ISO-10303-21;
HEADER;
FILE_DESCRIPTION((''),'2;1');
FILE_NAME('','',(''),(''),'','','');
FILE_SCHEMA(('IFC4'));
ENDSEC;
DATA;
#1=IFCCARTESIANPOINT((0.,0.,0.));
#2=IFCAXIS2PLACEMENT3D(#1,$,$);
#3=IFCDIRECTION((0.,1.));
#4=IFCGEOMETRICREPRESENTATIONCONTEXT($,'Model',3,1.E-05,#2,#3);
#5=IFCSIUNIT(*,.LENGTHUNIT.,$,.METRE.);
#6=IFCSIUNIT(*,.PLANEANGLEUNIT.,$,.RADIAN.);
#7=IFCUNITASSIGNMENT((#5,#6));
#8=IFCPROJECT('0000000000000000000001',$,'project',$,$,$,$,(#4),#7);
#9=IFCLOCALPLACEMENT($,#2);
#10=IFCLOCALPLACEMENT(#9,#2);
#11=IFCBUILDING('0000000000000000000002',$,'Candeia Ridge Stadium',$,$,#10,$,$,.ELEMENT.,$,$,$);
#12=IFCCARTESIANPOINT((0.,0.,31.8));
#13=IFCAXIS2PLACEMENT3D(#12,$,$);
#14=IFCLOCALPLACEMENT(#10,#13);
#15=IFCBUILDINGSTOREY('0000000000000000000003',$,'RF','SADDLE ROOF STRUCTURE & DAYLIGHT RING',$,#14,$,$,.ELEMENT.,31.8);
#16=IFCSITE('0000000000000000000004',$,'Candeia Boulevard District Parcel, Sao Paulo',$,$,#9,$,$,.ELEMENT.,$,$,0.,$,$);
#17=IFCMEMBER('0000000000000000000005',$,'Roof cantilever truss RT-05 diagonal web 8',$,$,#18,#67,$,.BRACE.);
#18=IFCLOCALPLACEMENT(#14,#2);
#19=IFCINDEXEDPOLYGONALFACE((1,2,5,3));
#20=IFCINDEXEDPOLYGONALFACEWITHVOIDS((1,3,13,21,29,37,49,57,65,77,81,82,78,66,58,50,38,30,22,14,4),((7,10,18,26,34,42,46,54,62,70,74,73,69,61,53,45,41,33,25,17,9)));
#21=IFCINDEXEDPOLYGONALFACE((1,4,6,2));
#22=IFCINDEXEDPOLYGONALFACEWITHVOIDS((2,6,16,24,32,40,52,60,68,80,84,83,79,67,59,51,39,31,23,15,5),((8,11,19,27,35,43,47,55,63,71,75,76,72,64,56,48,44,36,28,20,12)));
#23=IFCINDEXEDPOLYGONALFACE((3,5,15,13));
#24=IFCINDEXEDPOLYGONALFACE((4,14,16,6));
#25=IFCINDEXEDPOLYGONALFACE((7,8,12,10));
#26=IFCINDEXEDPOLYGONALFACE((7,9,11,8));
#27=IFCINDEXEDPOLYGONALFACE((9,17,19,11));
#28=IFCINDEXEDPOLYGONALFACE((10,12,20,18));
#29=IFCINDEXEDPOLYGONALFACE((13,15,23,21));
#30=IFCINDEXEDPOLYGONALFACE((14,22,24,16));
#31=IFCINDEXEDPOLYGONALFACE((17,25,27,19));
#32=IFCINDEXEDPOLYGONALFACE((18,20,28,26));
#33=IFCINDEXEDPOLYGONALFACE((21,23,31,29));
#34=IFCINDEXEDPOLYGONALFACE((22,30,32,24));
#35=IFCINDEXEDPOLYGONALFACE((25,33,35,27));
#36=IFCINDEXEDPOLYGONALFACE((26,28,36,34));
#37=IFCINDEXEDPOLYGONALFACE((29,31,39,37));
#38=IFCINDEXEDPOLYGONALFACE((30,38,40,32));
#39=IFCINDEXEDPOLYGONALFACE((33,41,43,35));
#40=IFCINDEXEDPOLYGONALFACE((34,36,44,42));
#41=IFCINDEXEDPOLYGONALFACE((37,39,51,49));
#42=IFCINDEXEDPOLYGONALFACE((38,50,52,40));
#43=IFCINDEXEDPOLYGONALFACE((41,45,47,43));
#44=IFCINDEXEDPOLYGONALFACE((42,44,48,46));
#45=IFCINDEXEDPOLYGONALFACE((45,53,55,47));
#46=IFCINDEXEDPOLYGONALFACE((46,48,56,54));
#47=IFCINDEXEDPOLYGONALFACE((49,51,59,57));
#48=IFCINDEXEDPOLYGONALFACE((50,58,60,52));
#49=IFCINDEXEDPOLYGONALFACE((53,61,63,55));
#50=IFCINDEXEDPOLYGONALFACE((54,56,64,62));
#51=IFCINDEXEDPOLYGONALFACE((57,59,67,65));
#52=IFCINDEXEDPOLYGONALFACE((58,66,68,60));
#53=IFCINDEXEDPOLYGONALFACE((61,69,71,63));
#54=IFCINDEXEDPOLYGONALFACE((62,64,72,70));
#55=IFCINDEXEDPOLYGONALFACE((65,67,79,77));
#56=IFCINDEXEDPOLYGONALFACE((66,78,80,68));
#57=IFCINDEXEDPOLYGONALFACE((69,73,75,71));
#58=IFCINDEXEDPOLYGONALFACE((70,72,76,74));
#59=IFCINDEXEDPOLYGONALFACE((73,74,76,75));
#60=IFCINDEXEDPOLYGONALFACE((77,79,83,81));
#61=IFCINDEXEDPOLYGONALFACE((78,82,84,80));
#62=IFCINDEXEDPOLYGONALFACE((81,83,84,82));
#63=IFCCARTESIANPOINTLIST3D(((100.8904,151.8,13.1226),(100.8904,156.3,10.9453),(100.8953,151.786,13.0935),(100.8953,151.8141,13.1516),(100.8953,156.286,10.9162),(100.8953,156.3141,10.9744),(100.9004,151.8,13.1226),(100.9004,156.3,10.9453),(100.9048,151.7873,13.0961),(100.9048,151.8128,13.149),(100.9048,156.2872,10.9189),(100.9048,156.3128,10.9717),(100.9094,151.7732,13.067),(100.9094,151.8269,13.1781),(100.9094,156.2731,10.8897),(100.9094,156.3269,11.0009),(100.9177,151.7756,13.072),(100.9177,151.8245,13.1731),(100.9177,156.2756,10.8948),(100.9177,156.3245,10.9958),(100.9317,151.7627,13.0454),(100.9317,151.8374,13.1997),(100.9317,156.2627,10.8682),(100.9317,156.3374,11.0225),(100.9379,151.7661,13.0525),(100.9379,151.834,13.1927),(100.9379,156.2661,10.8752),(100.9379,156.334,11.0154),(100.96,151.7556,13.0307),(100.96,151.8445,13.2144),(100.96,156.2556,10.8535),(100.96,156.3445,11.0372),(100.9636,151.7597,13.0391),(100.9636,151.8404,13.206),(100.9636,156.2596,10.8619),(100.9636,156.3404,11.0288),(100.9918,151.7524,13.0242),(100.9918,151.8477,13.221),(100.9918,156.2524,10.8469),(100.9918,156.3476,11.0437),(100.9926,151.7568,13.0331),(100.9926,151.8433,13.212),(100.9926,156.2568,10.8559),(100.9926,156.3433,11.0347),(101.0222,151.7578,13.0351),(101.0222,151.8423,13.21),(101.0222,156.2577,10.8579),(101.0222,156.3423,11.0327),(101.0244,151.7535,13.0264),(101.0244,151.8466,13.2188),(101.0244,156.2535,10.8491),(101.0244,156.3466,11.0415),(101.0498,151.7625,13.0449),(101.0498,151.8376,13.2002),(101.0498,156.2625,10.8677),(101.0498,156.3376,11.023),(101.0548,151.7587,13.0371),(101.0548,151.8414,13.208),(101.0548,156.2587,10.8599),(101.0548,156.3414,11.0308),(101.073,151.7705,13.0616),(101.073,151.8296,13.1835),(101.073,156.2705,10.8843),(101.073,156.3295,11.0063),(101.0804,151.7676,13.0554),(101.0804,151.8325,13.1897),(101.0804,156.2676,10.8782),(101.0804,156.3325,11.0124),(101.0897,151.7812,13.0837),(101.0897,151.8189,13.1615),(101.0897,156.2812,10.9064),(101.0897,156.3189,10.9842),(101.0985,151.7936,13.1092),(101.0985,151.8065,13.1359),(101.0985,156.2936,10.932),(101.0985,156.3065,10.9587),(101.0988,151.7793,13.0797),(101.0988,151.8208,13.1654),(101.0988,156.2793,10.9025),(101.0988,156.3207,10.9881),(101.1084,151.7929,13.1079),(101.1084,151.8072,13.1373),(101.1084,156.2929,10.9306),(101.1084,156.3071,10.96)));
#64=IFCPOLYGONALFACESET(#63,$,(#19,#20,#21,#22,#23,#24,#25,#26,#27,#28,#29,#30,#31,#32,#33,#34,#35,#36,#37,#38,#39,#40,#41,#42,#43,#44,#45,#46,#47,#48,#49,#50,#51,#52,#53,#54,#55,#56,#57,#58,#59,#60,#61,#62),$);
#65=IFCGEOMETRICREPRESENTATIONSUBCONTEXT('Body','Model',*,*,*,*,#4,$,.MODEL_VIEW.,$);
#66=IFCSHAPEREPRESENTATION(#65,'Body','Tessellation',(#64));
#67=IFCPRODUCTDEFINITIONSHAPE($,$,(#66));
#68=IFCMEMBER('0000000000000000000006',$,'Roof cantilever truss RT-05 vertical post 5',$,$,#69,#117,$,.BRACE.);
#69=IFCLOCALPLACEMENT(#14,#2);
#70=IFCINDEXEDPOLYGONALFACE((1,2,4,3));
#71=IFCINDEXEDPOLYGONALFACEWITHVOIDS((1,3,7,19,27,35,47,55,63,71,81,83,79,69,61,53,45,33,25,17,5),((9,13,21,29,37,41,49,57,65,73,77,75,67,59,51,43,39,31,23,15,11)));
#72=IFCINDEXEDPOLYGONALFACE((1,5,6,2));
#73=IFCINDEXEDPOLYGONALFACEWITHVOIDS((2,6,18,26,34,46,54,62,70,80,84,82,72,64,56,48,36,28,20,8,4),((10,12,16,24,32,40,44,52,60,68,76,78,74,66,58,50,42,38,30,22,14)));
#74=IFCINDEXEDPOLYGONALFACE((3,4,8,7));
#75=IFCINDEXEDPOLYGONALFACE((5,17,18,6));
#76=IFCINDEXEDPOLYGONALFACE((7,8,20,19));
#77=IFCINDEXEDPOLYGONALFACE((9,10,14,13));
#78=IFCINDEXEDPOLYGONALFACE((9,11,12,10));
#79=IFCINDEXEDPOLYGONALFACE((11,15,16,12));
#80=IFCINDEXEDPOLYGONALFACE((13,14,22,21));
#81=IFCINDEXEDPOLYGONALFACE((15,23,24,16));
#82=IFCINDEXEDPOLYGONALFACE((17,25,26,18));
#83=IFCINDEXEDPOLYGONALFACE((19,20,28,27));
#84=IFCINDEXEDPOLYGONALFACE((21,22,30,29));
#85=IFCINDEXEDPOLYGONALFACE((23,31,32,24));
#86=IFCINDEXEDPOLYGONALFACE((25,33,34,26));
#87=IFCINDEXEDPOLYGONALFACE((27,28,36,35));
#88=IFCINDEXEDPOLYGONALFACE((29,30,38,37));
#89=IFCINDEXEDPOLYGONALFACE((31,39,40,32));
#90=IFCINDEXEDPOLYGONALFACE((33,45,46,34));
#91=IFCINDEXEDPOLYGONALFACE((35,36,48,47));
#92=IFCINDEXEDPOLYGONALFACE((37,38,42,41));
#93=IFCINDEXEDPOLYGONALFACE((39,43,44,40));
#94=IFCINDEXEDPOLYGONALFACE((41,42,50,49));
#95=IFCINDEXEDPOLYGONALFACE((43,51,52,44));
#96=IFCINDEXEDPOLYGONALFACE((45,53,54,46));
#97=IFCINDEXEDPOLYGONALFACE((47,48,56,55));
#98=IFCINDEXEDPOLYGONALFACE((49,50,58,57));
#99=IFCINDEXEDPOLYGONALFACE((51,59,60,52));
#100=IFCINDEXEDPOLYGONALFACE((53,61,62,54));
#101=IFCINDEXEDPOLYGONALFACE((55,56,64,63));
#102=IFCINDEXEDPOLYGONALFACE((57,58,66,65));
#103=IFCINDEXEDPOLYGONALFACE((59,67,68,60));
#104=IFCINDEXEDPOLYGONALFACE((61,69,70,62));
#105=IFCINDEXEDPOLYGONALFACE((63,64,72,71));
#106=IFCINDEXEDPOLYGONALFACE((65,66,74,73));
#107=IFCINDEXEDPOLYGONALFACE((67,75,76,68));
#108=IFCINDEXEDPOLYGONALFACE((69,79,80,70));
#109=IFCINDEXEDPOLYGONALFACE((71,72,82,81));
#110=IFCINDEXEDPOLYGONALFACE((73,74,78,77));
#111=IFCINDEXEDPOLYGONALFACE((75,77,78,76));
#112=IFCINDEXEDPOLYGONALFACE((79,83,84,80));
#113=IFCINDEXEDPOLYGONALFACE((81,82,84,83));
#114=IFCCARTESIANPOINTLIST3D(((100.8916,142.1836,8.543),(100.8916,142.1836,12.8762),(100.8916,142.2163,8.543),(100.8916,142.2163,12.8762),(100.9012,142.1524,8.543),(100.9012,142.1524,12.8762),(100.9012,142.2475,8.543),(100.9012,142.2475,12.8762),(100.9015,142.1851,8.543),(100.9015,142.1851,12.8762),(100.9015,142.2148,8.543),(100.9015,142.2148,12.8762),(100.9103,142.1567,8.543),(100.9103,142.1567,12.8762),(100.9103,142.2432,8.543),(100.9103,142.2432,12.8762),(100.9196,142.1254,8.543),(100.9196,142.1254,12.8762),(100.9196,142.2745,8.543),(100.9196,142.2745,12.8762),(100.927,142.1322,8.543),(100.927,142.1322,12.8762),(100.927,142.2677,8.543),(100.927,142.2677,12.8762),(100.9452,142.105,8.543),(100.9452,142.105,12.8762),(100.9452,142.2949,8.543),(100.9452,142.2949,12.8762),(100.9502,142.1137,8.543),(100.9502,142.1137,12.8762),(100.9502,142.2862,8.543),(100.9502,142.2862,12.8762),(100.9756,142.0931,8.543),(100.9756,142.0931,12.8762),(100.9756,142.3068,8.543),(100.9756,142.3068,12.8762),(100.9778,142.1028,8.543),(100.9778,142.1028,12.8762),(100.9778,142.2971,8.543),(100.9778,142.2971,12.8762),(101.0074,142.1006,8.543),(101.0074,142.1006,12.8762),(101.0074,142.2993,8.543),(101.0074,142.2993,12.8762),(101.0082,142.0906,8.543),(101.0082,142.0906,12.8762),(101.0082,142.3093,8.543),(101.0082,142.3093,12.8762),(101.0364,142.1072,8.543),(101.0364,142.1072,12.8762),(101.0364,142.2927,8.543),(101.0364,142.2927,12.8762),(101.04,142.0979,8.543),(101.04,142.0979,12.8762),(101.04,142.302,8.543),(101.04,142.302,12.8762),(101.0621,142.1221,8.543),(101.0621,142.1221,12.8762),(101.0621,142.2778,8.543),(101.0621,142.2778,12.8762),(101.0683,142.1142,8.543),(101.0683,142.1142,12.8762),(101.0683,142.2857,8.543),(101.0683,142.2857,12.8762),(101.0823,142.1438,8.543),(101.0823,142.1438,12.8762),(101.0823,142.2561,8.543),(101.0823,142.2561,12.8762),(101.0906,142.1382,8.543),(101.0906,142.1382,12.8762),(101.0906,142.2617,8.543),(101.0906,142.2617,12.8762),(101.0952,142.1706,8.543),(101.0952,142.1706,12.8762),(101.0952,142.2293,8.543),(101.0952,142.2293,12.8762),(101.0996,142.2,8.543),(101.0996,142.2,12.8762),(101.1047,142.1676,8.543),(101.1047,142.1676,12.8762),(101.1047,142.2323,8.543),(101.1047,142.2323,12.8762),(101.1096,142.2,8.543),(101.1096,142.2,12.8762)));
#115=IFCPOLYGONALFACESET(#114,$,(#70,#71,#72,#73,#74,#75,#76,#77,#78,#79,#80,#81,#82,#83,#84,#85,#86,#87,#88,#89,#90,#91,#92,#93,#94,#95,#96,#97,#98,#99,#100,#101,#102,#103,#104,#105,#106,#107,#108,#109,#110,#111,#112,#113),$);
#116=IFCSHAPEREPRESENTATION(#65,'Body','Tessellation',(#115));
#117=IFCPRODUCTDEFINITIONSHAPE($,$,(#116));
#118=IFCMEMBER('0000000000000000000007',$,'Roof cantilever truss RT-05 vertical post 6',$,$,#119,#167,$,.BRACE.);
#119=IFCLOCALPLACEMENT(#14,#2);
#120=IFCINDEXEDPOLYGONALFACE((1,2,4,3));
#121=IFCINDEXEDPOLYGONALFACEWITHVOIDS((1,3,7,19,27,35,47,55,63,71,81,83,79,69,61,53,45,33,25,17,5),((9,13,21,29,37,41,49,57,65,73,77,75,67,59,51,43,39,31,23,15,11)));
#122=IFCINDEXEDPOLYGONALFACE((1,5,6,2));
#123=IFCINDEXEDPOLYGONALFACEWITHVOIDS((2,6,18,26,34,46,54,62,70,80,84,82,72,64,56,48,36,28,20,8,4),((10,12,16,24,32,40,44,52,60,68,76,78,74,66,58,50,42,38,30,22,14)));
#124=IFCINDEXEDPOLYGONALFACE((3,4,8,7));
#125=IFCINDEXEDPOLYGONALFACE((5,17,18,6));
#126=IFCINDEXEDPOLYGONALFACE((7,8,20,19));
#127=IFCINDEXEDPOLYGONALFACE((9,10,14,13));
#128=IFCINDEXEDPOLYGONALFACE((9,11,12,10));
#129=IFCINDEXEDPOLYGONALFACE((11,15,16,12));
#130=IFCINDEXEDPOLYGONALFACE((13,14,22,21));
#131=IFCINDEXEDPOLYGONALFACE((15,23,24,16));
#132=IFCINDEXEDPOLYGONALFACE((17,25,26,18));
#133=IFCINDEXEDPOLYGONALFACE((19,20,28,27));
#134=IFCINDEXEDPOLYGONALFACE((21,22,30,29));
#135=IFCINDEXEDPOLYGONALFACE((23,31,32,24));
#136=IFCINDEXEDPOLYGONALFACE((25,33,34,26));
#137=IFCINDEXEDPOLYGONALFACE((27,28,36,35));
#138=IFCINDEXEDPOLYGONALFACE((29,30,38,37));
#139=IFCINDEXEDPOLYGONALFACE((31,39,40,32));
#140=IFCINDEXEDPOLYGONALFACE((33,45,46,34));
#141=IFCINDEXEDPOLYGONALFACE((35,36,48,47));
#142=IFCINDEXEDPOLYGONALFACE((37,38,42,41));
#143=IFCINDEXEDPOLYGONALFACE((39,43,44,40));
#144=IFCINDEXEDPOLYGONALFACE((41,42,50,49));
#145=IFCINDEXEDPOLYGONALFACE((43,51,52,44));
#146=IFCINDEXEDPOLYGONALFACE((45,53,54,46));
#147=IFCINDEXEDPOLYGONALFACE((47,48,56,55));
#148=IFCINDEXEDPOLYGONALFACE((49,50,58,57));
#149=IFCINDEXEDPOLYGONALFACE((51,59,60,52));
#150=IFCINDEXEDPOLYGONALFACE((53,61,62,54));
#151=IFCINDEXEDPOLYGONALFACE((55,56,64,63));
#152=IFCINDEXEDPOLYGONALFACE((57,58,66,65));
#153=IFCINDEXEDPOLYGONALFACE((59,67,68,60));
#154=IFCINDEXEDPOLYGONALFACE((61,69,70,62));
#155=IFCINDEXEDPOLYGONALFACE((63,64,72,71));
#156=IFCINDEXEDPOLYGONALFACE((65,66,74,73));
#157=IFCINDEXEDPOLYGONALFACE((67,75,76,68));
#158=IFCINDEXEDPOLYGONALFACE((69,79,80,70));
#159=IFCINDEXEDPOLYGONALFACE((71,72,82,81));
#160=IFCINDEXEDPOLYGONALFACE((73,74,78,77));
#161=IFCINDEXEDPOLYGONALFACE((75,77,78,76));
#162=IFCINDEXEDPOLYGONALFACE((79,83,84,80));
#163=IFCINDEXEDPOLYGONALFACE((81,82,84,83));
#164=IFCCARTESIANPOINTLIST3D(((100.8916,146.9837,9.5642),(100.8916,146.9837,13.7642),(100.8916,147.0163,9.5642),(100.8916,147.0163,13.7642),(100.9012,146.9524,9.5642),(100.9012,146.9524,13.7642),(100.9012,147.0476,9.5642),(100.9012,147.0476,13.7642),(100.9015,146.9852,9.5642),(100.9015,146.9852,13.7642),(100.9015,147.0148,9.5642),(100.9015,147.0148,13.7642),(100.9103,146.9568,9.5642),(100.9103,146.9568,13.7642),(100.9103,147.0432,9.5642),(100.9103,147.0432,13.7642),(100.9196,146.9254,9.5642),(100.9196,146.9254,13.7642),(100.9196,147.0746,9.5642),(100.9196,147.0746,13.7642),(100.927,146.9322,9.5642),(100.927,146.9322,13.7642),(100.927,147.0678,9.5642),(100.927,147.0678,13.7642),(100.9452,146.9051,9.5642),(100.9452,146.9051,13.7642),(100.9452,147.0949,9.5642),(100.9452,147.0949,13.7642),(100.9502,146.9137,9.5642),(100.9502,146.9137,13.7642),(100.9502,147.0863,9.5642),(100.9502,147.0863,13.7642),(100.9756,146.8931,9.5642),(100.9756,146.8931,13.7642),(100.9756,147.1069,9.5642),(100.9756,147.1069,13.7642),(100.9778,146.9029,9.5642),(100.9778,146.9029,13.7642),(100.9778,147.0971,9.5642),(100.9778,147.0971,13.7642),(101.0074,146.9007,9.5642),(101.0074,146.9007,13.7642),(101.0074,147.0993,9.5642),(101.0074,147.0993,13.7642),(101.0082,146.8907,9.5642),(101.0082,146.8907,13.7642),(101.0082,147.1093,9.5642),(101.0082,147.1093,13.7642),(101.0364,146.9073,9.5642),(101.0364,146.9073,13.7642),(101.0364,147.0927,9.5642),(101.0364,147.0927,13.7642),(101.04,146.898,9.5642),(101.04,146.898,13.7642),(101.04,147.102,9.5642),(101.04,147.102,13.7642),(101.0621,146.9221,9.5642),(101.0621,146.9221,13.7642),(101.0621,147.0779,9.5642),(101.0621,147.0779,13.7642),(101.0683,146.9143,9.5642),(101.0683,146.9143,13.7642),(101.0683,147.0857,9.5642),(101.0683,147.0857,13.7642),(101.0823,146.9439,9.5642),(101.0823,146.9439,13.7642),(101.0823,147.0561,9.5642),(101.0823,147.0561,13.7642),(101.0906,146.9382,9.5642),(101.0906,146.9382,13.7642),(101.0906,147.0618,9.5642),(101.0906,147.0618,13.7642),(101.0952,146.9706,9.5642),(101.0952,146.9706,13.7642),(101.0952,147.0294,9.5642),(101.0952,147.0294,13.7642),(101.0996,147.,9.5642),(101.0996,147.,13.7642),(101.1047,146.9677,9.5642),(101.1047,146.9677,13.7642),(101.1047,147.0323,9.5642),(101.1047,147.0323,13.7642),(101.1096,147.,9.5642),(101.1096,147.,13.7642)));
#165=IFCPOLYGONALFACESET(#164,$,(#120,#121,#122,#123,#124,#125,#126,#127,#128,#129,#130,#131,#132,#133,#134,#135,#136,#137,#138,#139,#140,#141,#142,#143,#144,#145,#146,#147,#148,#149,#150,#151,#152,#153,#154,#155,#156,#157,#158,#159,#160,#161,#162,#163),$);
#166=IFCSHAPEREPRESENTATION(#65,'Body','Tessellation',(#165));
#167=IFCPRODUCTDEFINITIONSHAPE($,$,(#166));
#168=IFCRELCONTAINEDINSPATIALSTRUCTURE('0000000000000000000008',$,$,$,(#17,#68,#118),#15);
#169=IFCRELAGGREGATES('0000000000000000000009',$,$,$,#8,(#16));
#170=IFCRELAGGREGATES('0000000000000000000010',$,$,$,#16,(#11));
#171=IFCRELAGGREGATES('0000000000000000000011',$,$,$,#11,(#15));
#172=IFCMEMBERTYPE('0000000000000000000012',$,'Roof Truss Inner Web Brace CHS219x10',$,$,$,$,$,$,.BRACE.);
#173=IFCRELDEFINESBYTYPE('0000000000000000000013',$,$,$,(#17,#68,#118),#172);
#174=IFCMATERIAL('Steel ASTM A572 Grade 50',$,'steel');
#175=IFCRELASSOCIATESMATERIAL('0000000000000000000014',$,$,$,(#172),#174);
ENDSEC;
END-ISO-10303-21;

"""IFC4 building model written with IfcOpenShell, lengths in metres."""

from ifc_helpers import new_model, si_unit, direction, frame, origin, origin_2d, place, context, subcontext, project, spatial, hollow_circle, extrude, material, material_profile, profile_set, type_object, element, save


model = new_model("IFC4")

# Units and contexts
model_context = context("Model", 3, precision=1e-05, world=origin(), true_north=direction((0.0, 1.0)))
body_context = subcontext(model_context, "Body", "Model", "MODEL_VIEW")
ifc_project = project(units=[si_unit("LENGTHUNIT", "METRE"), si_unit("PLANEANGLEUNIT", "RADIAN")], contexts=[model_context])

# Site, building, storey
site_placement = place(None, origin())
site = spatial("IfcSite", under=ifc_project, at=site_placement, Name="Candeia Boulevard District Parcel, Sao Paulo", CompositionType="ELEMENT", RefElevation=0.0)
building_placement = place(site_placement, origin())
building = spatial("IfcBuilding", under=site, at=building_placement, Name="Candeia Ridge Stadium", CompositionType="ELEMENT")
storey_placement = place(building_placement, frame((0.0, 0.0, 31.8)))
storey = spatial("IfcBuildingStorey", under=building, at=storey_placement, Name="RF", Description="SADDLE ROOF STRUCTURE & DAYLIGHT RING", CompositionType="ELEMENT", Elevation=31.8)

# Shared definitions
ifc_material_1 = material(Name="Steel ASTM A572 Grade 50", Category="steel")

# Members
ifc_material_profile_1 = material_profile(ifc_material_1, hollow_circle(Radius=0.1096, WallThickness=0.01, at=origin_2d()), Name="CHS219x10", Category="steel")
ifc_profile_set_1 = profile_set([ifc_material_profile_1], Name="Steel ASTM A572 Grade 50")
member_type_1 = type_object("IfcMemberType", Name="Roof Truss Inner Web Brace CHS219x10", PredefinedType="BRACE", material=ifc_profile_set_1)
member_1_placement = place(storey_placement, frame((101.0, 151.8, 13.1226), z_axis=(0.0, 0.900173, -0.435533), x_axis=(-1.0, 0.0, 0.0)))
element("IfcMember", 1, at=member_1_placement, inside=storey, type_object=member_type_1, Name="Roof cantilever truss RT-05 diagonal web 8", PredefinedType="BRACE", context=body_context, shape_type="SweptSolid", body=[
    extrude(hollow_circle(Radius=0.1096, WallThickness=0.01, at=origin_2d()), origin(), (0.0, 0.0, 1.0), 4.999),
])
member_2_placement = place(storey_placement, frame((101.0, 142.2, 8.543), z_axis=(0.0, 0.0, 1.0), x_axis=(1.0, 0.0, 0.0)))
element("IfcMember", 2, at=member_2_placement, inside=storey, type_object=member_type_1, Name="Roof cantilever truss RT-05 vertical post 5", PredefinedType="BRACE", context=body_context, shape_type="SweptSolid", body=[
    extrude(hollow_circle(Radius=0.1096, WallThickness=0.01, at=origin_2d()), origin(), (0.0, 0.0, 1.0), 4.3333),
])
member_3_placement = place(storey_placement, frame((101.0, 147.0, 9.5642), z_axis=(0.0, 0.0, 1.0), x_axis=(1.0, 0.0, 0.0)))
element("IfcMember", 3, at=member_3_placement, inside=storey, type_object=member_type_1, Name="Roof cantilever truss RT-05 vertical post 6", PredefinedType="BRACE", context=body_context, shape_type="SweptSolid", body=[
    extrude(hollow_circle(Radius=0.1096, WallThickness=0.01, at=origin_2d()), origin(), (0.0, 0.0, 1.0), 4.2),
])

save(model, "model.ifc")
